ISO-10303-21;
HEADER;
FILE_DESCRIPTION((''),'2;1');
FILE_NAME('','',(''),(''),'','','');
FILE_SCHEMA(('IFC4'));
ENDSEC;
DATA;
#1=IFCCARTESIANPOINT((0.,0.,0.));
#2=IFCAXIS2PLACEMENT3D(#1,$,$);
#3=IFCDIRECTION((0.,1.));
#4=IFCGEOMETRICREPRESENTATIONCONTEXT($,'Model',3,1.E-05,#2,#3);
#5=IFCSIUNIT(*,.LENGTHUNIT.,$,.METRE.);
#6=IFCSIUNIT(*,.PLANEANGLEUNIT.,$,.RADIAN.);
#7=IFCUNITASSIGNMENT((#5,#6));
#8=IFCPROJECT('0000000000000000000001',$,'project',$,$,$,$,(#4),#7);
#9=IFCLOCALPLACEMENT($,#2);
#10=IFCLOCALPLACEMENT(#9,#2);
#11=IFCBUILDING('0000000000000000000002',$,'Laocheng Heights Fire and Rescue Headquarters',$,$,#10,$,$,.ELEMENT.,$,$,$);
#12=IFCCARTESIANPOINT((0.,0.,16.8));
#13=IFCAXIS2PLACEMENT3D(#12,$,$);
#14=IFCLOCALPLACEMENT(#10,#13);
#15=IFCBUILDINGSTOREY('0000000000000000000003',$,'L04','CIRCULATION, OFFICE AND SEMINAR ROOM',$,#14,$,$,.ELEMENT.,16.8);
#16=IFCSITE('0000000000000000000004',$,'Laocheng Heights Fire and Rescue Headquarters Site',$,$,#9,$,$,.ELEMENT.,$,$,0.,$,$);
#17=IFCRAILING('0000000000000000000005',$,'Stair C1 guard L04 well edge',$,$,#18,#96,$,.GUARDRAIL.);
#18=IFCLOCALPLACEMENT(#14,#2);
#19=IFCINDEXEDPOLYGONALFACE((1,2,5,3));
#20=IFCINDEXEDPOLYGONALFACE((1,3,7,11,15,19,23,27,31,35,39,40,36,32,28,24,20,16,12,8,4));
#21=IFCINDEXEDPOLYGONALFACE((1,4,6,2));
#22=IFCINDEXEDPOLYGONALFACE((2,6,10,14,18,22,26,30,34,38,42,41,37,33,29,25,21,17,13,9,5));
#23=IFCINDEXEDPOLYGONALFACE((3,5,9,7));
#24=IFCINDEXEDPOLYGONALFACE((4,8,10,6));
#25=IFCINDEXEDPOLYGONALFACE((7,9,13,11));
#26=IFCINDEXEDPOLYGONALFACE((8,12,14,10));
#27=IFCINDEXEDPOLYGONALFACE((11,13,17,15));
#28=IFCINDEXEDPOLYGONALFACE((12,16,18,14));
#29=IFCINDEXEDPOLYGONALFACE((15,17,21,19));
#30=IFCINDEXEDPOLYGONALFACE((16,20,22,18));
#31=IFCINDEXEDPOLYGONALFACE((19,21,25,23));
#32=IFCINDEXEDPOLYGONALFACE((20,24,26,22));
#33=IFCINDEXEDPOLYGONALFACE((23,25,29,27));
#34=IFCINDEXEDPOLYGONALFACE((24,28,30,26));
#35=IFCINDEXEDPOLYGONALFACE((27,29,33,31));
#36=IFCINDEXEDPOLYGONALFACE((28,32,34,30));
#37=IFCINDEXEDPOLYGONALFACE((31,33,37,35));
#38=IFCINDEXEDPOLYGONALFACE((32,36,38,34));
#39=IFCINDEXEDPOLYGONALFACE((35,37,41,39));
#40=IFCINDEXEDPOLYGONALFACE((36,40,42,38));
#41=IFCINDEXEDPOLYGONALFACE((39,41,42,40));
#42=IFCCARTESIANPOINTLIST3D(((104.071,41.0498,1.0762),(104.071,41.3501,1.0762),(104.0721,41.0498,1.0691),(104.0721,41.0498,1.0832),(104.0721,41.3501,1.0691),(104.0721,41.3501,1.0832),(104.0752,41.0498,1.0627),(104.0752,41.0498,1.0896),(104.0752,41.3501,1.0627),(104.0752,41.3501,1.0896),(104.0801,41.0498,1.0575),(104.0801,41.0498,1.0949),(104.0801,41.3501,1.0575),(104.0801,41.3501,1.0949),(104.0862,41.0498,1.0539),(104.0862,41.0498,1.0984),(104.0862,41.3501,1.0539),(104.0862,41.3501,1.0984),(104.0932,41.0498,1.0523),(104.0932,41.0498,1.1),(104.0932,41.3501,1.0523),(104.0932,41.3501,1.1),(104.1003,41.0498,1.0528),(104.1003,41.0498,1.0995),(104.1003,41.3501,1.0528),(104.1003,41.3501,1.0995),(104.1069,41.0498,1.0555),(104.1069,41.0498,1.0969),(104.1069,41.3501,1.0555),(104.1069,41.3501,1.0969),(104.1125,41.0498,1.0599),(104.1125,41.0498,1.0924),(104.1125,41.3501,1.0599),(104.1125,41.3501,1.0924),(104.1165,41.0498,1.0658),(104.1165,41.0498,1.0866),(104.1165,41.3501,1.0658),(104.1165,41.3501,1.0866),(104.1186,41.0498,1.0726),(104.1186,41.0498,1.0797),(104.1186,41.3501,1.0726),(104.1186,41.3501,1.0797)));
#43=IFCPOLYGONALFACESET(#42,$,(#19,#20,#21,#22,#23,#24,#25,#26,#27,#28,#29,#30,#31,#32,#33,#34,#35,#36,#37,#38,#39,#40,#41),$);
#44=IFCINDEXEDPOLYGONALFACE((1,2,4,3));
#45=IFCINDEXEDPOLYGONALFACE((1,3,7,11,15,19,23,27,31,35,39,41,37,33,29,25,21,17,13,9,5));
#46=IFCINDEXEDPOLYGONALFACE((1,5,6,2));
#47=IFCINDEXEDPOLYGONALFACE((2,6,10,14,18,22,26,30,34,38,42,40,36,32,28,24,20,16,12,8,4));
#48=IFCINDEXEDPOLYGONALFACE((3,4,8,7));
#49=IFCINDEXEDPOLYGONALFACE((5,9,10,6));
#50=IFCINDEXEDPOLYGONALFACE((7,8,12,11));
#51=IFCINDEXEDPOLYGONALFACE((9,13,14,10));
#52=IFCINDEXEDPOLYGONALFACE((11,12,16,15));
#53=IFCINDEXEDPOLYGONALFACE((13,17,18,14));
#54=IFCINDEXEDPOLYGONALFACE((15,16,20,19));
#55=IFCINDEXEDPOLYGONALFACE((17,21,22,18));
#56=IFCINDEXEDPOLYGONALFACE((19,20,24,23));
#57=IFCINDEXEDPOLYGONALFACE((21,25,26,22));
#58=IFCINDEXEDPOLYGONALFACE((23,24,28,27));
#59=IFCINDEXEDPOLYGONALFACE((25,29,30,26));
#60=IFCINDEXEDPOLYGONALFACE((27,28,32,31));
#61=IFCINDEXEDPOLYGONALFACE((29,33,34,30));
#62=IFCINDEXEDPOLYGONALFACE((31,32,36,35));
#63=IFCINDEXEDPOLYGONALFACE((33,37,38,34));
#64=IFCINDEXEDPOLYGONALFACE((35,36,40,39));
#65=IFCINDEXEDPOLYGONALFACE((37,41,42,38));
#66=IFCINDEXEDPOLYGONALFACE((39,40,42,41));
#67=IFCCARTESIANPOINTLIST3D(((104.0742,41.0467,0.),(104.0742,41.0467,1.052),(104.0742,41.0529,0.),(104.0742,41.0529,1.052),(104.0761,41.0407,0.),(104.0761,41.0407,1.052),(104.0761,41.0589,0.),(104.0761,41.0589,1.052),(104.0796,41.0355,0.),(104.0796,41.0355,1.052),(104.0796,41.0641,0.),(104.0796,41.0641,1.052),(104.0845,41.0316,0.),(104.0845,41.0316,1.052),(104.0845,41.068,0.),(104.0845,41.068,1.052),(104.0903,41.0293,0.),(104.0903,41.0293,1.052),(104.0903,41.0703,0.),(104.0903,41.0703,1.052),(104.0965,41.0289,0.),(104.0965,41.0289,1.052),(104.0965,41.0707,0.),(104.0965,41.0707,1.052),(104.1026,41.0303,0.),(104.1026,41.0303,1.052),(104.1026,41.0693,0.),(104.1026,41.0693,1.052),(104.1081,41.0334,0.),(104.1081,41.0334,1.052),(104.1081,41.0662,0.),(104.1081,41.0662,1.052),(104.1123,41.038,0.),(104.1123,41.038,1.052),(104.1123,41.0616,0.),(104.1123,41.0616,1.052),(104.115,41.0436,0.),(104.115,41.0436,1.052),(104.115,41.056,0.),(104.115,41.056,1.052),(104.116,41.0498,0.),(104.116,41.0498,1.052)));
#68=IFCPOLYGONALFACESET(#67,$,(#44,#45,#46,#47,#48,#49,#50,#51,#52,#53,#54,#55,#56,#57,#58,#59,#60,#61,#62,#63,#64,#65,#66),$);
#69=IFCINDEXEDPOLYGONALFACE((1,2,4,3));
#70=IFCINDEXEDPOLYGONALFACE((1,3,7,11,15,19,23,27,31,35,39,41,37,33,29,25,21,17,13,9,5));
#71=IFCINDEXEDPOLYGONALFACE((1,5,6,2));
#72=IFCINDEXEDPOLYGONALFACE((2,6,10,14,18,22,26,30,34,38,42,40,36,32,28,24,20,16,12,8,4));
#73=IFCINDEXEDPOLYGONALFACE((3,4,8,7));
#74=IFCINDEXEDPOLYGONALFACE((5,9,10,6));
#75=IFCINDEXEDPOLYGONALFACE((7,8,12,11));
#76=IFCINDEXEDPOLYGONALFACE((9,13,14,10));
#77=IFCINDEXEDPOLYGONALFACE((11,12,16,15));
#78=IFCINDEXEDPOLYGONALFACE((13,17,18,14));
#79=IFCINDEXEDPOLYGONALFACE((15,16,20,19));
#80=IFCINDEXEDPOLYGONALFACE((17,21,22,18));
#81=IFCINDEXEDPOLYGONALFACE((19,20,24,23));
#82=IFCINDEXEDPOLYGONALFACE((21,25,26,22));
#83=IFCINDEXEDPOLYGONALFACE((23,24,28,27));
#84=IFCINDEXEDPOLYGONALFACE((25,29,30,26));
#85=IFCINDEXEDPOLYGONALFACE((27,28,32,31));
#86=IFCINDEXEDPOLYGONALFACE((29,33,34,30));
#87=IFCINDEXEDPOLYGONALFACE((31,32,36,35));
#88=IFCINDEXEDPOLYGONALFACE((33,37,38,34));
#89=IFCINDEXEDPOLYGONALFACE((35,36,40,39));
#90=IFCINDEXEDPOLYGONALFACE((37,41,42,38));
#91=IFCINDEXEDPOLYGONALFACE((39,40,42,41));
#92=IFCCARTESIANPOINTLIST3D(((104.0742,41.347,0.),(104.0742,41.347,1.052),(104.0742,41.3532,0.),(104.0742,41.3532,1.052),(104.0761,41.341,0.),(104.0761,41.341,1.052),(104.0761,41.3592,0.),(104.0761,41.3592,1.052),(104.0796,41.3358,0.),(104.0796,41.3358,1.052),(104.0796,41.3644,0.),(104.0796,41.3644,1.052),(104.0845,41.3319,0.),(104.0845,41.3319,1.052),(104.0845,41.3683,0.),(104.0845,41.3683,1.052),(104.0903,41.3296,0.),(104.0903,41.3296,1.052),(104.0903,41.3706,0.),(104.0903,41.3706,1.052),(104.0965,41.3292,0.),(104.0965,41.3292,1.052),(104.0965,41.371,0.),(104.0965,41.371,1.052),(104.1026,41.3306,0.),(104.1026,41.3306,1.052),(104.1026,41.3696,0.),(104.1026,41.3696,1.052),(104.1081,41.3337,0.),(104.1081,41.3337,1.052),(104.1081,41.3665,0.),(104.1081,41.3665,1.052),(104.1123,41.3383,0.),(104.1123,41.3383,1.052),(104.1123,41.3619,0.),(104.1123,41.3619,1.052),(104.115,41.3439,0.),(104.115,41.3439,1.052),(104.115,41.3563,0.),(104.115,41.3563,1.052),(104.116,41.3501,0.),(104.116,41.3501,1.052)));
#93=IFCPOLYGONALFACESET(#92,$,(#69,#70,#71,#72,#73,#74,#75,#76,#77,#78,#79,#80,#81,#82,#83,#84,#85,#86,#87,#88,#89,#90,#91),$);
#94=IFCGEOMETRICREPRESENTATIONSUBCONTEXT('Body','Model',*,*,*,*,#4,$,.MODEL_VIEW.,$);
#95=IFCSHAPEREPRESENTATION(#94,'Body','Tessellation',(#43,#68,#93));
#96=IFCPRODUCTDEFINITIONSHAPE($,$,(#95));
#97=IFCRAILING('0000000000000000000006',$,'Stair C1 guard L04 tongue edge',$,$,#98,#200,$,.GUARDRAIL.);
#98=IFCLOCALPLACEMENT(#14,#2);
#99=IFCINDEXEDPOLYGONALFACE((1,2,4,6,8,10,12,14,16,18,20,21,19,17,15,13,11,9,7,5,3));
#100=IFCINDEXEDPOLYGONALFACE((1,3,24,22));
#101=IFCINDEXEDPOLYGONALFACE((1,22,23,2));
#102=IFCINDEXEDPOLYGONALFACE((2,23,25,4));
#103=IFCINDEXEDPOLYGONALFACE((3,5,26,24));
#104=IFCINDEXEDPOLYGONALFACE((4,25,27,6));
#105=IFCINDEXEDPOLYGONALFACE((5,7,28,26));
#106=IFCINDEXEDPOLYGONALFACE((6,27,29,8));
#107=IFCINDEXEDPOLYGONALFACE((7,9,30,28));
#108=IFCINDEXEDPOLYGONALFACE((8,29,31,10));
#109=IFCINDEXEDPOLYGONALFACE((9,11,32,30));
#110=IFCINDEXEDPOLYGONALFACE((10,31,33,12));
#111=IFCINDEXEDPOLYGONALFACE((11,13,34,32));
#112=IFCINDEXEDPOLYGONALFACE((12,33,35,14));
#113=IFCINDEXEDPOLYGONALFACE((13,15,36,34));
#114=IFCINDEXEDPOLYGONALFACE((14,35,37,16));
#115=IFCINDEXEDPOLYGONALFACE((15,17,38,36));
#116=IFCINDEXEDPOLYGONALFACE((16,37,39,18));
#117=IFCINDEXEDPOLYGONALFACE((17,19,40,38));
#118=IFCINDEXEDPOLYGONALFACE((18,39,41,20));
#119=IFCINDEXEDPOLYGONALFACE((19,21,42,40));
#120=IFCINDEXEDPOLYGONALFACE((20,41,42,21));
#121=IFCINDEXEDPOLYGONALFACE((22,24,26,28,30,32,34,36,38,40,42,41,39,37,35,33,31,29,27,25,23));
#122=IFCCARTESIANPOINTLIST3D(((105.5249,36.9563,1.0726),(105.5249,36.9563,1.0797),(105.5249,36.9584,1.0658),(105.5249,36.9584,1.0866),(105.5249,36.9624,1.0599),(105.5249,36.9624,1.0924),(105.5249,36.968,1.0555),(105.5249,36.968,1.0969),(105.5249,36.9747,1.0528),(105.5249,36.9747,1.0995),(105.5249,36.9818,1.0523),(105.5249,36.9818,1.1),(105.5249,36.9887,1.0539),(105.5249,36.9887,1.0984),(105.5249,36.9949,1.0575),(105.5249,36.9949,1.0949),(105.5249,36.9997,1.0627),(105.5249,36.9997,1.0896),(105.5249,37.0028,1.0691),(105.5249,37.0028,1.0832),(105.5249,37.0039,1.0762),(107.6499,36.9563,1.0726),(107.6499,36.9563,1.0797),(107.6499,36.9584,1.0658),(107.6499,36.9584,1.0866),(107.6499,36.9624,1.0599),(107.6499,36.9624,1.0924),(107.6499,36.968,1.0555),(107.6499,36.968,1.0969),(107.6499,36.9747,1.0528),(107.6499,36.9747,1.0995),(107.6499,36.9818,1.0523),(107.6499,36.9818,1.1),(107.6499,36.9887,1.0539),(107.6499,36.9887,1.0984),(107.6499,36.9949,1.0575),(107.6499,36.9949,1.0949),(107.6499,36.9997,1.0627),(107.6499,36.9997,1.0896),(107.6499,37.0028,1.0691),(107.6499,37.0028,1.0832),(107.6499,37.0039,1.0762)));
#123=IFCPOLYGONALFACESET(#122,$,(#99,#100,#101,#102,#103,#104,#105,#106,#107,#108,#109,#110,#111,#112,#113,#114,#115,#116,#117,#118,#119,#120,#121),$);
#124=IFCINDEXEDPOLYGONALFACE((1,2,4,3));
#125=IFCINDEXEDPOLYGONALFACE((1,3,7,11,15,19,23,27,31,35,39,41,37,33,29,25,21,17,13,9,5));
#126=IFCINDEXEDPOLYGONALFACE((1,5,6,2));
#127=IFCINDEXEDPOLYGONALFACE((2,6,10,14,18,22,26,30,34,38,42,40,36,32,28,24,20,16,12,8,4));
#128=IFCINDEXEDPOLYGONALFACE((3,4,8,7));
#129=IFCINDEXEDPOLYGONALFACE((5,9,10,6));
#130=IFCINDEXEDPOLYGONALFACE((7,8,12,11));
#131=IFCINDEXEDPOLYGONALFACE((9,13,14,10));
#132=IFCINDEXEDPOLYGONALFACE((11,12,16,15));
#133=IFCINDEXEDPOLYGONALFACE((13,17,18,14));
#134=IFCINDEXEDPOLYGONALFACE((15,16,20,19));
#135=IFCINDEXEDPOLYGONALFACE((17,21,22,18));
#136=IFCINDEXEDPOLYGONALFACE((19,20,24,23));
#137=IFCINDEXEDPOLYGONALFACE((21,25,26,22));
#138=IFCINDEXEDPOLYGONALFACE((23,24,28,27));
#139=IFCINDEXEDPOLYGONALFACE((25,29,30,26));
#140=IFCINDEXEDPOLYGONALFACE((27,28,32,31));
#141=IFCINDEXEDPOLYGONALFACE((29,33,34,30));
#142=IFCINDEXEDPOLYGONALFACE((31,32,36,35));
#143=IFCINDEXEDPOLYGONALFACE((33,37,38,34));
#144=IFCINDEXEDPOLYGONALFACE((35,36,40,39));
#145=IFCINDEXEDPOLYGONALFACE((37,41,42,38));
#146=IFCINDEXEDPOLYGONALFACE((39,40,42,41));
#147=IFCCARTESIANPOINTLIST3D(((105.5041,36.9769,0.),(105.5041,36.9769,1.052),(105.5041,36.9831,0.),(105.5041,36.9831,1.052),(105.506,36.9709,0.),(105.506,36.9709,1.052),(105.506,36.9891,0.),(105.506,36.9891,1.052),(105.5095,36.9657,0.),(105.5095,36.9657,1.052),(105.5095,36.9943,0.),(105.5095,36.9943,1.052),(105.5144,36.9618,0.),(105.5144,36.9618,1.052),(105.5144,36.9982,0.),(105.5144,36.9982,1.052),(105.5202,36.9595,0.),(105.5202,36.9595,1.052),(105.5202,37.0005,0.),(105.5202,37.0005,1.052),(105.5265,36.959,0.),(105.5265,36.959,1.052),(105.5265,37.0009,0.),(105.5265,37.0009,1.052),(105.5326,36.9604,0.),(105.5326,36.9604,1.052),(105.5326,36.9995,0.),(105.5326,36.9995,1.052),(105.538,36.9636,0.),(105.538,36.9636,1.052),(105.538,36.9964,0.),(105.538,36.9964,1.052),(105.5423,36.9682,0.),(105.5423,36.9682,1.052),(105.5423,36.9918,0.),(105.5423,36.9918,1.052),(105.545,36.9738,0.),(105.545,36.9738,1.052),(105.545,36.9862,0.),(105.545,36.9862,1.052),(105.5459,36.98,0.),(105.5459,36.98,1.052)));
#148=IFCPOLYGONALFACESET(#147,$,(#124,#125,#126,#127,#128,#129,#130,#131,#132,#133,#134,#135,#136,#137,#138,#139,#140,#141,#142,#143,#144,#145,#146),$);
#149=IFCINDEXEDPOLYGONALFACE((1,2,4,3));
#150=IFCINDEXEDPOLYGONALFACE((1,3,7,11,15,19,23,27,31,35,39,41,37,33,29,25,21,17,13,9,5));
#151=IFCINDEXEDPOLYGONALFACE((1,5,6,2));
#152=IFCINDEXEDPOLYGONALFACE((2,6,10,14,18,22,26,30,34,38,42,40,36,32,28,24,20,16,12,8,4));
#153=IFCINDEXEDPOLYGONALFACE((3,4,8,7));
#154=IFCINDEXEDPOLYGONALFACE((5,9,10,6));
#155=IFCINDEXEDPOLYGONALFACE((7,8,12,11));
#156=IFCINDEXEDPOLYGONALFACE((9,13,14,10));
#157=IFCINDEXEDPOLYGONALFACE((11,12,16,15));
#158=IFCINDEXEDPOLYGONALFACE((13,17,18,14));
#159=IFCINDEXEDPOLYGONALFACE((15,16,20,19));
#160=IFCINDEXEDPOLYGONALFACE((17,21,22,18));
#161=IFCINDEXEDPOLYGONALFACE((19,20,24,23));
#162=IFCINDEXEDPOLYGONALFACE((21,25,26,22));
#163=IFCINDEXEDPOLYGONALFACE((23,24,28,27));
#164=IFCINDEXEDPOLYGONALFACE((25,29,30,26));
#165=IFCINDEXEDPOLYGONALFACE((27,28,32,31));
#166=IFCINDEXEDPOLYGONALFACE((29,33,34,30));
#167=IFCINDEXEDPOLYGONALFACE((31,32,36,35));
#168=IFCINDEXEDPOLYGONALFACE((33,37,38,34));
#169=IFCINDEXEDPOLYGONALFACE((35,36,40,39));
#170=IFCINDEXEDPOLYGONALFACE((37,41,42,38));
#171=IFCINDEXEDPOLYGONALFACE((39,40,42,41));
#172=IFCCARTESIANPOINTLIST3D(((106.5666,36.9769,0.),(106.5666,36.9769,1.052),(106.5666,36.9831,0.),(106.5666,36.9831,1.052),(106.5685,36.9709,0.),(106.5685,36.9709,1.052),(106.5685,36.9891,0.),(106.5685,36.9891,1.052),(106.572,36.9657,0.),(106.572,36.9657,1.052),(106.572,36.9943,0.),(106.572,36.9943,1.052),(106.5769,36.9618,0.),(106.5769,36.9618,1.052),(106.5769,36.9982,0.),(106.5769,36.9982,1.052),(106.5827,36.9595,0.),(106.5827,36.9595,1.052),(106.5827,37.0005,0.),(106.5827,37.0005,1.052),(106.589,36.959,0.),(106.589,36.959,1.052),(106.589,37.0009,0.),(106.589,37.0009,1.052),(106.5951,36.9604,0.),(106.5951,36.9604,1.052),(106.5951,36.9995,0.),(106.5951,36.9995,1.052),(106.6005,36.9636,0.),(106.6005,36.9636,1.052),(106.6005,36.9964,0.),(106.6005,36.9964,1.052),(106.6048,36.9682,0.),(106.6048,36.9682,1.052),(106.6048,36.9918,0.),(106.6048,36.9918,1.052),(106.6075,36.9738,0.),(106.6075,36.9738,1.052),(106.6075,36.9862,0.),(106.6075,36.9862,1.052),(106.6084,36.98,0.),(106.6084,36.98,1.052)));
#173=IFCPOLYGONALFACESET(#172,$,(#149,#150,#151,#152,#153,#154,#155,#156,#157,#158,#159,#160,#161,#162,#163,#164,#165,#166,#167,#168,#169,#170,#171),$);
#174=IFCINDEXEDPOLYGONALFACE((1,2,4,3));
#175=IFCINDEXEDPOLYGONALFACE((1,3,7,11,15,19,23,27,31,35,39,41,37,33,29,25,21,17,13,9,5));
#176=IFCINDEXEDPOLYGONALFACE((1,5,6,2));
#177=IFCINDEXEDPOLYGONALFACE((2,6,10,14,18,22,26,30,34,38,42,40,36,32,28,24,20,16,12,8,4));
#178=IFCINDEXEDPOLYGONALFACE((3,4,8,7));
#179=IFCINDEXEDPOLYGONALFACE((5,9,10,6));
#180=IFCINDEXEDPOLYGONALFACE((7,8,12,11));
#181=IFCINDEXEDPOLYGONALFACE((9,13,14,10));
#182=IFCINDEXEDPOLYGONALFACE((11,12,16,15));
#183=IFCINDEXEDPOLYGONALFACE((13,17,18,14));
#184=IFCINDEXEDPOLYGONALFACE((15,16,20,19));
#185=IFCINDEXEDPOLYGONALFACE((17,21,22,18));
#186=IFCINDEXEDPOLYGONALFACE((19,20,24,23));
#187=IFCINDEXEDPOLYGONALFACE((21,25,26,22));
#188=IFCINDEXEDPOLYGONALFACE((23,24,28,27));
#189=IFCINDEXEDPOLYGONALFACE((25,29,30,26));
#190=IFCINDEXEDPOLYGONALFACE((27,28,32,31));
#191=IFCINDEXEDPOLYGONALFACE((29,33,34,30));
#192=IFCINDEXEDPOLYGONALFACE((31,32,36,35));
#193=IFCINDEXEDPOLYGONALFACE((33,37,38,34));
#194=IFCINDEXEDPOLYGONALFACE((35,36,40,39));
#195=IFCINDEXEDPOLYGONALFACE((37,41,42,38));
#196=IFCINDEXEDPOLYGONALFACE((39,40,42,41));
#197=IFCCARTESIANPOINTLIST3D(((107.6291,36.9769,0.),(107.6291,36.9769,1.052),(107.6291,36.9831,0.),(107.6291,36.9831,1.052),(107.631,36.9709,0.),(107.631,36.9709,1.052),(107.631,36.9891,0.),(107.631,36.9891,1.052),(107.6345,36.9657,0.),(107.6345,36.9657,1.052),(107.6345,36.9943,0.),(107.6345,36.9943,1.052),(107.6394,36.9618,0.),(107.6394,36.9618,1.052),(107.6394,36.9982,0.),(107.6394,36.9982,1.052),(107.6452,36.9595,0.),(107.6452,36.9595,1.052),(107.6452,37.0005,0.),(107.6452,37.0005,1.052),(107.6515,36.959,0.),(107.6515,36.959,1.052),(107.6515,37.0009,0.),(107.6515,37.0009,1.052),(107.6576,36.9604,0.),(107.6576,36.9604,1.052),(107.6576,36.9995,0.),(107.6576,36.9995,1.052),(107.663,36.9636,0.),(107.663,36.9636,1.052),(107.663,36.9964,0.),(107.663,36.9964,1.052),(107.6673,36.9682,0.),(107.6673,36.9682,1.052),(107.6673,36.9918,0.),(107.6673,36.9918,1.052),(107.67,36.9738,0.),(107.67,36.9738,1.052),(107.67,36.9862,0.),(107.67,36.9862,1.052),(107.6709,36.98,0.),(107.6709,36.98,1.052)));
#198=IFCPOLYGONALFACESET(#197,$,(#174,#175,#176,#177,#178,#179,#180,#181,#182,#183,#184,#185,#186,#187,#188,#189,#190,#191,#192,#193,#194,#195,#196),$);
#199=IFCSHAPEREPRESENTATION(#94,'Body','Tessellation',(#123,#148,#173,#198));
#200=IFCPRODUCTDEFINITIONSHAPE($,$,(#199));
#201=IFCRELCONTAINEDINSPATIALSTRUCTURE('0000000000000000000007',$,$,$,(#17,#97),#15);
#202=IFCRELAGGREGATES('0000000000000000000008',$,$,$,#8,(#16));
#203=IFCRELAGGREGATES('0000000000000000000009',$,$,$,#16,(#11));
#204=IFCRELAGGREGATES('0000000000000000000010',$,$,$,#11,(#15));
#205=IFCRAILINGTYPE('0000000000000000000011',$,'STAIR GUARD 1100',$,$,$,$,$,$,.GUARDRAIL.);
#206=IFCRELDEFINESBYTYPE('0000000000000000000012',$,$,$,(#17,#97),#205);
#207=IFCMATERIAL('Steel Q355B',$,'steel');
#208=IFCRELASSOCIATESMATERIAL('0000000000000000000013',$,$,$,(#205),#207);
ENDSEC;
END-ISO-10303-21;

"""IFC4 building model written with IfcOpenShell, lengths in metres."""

from ifc_helpers import new_model, si_unit, direction, frame, origin, origin_2d, place, context, subcontext, project, spatial, circle, extrude, material, type_object, element, save


model = new_model("IFC4")

# Units and contexts
model_context = context("Model", 3, precision=1e-05, world=origin(), true_north=direction((0.0, 1.0)))
body_context = subcontext(model_context, "Body", "Model", "MODEL_VIEW")
ifc_project = project(units=[si_unit("LENGTHUNIT", "METRE"), si_unit("PLANEANGLEUNIT", "RADIAN")], contexts=[model_context])

# Site, building, storey
site_placement = place(None, origin())
site = spatial("IfcSite", under=ifc_project, at=site_placement, Name="Laocheng Heights Fire and Rescue Headquarters Site", CompositionType="ELEMENT", RefElevation=0.0)
building_placement = place(site_placement, origin())
building = spatial("IfcBuilding", under=site, at=building_placement, Name="Laocheng Heights Fire and Rescue Headquarters", CompositionType="ELEMENT")
storey_placement = place(building_placement, frame((0.0, 0.0, 16.8)))
storey = spatial("IfcBuildingStorey", under=building, at=storey_placement, Name="L04", Description="CIRCULATION, OFFICE AND SEMINAR ROOM", CompositionType="ELEMENT", Elevation=16.8)

# Railings
ifc_material_1 = material(Name="Steel Q355B", Category="steel")
railing_type_1 = type_object("IfcRailingType", Name="STAIR GUARD 1100", PredefinedType="GUARDRAIL", material=ifc_material_1)
railing_1_placement = place(storey_placement, frame((104.095, 41.0498, 0.0)))
element("IfcRailing", 1, at=railing_1_placement, inside=storey, type_object=railing_type_1, Name="Stair C1 guard L04 well edge", PredefinedType="GUARDRAIL", context=body_context, shape_type="SweptSolid", body=[
    extrude(circle(Radius=0.0239, at=origin_2d()), frame((0.0, 0.0, 1.0762), z_axis=(0.0, 1.0, 0.0), x_axis=(-1.0, 0.0, 0.0)), (0.0, 0.0, 1.0), 0.3003),
    extrude(circle(Radius=0.021, at=origin_2d()), origin(), (0.0, 0.0, 1.0), 1.052),
    extrude(circle(Radius=0.021, at=origin_2d()), frame((0.0, 0.3003, 0.0)), (0.0, 0.0, 1.0), 1.052),
])
railing_2_placement = place(storey_placement, frame((105.5249, 36.98, 0.0)))
element("IfcRailing", 2, at=railing_2_placement, inside=storey, type_object=railing_type_1, Name="Stair C1 guard L04 tongue edge", PredefinedType="GUARDRAIL", context=body_context, shape_type="SweptSolid", body=[
    extrude(circle(Radius=0.0239, at=origin_2d()), frame((0.0, 0.0, 1.0762), z_axis=(1.0, 0.0, 0.0), x_axis=(0.0, 1.0, 0.0)), (0.0, 0.0, 1.0), 2.125),
    extrude(circle(Radius=0.021, at=origin_2d()), origin(), (0.0, 0.0, 1.0), 1.052),
    extrude(circle(Radius=0.021, at=origin_2d()), frame((1.0625, 0.0, 0.0)), (0.0, 0.0, 1.0), 1.052),
    extrude(circle(Radius=0.021, at=origin_2d()), frame((2.125, 0.0, 0.0)), (0.0, 0.0, 1.0), 1.052),
])

save(model, "model.ifc")
